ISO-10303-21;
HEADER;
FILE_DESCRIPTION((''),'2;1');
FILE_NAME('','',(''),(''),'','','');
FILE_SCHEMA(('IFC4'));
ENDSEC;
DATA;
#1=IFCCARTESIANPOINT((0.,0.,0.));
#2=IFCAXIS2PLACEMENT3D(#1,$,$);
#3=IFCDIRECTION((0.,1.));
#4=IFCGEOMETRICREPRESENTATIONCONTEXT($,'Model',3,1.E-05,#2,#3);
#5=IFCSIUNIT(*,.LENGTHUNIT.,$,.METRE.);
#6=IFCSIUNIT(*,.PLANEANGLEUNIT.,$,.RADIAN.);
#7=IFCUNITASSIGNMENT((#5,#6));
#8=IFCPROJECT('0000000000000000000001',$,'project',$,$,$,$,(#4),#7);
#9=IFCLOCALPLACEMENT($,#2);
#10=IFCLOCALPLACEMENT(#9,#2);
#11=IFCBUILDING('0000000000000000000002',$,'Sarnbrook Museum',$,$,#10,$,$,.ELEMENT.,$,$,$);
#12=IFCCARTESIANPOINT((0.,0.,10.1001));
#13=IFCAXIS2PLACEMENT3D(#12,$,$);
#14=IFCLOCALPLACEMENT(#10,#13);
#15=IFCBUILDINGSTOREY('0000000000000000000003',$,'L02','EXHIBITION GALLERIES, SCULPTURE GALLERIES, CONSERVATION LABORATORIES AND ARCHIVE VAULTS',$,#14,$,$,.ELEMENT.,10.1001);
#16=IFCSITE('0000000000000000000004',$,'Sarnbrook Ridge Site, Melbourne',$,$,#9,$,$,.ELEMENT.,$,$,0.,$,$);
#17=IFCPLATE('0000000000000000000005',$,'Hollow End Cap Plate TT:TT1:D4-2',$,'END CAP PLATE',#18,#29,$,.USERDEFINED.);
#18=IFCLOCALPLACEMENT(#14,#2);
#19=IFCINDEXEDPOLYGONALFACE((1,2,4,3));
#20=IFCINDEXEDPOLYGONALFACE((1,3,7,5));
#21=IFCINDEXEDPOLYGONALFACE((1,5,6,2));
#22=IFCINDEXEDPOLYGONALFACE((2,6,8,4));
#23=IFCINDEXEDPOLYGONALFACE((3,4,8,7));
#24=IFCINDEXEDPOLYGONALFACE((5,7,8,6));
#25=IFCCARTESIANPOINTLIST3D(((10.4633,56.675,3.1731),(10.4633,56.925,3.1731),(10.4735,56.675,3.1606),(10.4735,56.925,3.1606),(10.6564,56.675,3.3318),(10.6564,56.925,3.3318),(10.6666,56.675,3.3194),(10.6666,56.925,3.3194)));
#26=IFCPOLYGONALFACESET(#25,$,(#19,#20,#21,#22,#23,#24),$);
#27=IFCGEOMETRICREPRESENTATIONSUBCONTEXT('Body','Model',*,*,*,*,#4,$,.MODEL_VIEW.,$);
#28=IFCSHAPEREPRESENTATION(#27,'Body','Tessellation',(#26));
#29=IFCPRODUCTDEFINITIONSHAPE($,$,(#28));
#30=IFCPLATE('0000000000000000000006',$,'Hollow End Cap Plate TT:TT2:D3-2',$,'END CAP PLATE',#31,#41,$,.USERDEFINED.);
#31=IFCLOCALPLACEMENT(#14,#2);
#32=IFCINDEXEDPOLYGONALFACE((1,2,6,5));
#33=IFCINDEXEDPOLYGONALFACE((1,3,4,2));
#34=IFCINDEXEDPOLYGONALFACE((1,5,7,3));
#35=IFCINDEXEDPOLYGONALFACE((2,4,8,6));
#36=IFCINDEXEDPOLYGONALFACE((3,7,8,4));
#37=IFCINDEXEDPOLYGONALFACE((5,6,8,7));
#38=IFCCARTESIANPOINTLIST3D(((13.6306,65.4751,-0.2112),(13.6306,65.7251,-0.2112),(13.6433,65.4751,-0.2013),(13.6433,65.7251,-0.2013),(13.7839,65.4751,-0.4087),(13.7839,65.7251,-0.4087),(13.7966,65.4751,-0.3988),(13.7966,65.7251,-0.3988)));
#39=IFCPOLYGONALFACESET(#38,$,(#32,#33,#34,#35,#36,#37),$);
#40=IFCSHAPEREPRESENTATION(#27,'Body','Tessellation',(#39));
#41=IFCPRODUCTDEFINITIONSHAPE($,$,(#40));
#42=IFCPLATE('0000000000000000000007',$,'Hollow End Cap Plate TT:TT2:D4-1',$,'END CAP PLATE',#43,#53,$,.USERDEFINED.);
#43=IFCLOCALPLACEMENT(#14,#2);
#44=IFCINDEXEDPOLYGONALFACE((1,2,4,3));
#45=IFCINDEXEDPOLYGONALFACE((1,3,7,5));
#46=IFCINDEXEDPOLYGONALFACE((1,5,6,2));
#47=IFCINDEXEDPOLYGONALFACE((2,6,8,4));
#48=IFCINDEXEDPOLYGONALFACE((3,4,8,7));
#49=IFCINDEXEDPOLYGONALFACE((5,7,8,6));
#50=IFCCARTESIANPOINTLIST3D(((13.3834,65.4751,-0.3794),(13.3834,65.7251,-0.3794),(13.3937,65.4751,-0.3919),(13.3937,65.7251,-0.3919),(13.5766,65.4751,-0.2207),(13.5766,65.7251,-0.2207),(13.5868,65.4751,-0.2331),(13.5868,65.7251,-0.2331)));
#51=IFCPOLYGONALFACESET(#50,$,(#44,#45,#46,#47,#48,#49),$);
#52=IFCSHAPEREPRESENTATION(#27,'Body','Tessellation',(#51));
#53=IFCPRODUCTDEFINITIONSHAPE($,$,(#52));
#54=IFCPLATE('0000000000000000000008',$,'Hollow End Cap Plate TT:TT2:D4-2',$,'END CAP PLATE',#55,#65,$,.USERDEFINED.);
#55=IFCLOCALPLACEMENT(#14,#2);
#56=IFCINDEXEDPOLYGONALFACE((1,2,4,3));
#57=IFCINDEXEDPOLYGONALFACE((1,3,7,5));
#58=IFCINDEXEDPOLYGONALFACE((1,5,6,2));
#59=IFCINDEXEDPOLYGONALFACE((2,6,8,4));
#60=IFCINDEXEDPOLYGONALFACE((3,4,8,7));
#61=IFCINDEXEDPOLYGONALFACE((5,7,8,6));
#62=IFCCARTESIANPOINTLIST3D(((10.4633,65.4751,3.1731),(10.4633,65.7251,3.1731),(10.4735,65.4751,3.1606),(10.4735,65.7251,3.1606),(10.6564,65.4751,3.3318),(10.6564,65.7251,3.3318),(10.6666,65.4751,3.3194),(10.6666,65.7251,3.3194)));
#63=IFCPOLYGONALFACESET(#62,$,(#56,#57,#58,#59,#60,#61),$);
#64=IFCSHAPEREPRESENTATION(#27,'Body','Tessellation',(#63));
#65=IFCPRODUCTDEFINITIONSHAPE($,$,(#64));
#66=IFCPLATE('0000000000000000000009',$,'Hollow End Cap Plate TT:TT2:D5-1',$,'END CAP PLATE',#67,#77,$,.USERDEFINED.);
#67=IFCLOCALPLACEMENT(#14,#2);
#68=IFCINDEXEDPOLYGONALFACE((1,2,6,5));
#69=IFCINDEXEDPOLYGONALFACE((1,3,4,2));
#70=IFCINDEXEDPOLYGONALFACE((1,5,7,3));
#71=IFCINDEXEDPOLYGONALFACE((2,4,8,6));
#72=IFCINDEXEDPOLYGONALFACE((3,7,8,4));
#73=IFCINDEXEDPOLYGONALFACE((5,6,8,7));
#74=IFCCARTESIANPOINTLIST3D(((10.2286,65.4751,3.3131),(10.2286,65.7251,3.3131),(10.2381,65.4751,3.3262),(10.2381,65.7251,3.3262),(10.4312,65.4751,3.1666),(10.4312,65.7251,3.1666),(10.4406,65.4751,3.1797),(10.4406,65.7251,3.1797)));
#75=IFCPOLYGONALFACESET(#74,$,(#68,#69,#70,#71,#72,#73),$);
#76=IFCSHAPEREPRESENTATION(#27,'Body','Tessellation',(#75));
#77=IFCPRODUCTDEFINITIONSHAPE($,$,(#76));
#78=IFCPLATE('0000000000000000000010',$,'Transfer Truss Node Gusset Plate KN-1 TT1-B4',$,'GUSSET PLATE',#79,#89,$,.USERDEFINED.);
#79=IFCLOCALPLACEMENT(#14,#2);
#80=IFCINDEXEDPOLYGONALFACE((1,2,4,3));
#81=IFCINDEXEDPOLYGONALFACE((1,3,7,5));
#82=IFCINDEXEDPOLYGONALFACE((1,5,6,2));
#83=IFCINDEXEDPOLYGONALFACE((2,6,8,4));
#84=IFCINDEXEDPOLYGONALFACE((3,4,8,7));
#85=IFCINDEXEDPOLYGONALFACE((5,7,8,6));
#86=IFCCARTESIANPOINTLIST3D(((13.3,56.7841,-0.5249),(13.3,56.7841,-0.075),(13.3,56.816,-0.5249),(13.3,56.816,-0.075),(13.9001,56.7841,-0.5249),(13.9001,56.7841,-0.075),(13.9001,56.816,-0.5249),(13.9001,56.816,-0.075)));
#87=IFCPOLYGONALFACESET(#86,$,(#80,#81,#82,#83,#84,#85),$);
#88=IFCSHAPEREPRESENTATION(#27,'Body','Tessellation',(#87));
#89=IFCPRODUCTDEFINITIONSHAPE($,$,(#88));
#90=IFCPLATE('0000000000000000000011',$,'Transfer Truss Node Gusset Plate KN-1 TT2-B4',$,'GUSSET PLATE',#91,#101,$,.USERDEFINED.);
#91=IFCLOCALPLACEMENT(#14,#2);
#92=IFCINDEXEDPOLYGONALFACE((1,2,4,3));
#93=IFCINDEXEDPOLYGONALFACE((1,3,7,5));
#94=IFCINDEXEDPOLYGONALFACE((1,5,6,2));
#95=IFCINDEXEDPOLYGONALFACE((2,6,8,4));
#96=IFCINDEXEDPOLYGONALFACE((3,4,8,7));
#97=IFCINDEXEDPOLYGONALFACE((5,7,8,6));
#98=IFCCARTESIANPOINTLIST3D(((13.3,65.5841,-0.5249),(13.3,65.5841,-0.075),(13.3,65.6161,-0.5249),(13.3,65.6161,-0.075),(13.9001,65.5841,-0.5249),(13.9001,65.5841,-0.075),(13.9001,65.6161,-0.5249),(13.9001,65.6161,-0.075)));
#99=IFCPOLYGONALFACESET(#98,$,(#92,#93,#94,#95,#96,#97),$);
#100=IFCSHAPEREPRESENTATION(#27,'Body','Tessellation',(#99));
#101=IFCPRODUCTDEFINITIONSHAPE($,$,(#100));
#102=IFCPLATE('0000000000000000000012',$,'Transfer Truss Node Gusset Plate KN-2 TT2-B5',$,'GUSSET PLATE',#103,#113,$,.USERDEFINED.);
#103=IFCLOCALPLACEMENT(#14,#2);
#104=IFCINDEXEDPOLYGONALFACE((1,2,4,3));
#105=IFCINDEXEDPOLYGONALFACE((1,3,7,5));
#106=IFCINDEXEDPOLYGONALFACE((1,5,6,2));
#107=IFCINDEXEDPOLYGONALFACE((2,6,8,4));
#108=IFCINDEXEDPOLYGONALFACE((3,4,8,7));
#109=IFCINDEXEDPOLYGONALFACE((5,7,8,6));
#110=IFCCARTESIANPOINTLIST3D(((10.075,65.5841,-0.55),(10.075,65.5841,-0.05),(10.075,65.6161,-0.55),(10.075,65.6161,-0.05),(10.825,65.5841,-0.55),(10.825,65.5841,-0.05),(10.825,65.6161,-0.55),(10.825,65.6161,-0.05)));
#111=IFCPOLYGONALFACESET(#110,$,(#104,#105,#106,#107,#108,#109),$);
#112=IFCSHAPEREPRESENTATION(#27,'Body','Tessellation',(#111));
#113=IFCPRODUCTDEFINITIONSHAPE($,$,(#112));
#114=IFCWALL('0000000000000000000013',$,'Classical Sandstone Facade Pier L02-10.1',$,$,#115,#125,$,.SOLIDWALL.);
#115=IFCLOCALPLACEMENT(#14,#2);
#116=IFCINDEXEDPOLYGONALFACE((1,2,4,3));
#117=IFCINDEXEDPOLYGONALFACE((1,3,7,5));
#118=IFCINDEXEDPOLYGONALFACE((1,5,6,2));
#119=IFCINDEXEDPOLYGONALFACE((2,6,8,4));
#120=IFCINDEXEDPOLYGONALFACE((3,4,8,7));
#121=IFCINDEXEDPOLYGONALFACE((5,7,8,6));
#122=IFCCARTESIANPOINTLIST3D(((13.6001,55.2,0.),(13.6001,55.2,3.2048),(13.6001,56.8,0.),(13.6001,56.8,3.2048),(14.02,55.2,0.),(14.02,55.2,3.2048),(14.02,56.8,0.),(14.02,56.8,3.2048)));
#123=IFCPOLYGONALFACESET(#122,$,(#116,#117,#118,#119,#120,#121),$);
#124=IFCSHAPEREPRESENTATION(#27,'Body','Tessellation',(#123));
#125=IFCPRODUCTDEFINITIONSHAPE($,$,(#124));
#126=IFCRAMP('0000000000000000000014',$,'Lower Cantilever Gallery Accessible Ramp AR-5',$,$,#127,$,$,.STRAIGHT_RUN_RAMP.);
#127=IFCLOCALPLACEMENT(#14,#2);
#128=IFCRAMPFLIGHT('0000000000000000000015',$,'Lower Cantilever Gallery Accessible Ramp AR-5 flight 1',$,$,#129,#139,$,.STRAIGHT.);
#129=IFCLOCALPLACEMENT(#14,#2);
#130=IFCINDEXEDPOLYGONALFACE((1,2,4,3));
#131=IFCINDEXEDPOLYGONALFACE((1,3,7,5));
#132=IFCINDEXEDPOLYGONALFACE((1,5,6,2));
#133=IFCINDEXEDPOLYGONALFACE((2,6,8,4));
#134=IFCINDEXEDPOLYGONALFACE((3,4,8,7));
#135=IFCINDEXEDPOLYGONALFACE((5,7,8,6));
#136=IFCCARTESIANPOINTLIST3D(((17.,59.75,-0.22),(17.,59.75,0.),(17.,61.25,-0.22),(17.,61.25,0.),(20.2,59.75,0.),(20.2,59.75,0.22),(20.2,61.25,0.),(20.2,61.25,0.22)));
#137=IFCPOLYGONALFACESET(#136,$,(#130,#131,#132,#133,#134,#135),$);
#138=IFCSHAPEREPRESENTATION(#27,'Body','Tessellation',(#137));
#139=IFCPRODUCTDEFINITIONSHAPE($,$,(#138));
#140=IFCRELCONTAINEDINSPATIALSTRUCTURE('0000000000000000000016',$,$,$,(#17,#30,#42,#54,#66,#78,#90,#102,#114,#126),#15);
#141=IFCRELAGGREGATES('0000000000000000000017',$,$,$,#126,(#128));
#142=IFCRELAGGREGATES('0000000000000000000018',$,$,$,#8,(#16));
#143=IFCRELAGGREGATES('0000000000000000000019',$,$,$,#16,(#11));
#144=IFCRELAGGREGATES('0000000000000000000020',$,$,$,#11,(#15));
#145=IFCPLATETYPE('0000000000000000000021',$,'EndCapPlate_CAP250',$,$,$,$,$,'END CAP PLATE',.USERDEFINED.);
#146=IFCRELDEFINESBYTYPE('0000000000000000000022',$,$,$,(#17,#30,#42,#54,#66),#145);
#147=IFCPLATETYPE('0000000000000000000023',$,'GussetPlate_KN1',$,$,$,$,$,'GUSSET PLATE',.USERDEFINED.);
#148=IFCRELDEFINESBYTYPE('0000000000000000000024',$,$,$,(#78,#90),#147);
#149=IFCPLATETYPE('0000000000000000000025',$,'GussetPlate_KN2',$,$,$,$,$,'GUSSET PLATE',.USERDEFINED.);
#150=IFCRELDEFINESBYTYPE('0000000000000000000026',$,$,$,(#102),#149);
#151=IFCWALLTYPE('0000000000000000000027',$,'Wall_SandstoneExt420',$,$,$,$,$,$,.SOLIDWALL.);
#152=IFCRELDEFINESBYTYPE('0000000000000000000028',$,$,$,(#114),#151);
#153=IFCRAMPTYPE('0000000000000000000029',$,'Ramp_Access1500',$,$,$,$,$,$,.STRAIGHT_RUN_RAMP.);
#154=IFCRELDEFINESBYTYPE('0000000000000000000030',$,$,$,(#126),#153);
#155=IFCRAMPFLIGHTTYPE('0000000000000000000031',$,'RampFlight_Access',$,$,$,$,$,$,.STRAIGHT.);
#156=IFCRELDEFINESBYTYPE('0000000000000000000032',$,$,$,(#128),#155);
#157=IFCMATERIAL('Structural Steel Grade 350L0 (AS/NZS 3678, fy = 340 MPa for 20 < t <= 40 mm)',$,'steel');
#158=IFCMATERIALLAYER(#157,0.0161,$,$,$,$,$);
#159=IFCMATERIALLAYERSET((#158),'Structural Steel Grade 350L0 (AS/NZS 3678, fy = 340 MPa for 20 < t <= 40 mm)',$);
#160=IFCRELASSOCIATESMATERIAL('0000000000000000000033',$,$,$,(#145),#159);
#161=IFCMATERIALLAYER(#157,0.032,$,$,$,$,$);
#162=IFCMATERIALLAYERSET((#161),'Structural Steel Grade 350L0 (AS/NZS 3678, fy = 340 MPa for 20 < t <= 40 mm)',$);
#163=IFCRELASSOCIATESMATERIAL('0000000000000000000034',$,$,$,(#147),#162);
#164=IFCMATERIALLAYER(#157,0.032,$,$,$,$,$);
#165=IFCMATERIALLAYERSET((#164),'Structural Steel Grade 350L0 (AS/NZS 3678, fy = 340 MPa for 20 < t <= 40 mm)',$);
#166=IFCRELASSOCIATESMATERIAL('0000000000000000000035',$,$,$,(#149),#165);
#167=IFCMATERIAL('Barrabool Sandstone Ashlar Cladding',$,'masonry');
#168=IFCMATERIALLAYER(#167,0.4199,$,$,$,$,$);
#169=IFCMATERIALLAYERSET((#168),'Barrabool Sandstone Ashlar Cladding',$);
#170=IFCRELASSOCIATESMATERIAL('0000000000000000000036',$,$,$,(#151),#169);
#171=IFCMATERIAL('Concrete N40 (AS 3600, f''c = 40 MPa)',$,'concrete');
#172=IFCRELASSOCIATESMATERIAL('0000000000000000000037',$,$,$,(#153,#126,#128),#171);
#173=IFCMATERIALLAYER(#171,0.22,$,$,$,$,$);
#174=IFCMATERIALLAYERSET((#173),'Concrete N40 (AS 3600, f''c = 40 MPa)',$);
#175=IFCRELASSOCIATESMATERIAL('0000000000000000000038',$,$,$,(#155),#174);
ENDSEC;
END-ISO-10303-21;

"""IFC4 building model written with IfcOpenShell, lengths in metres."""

from ifc_helpers import new_model, si_unit, direction, frame, frame_2d, origin, origin_2d, place, context, subcontext, project, spatial, polyline, rectangle, outline, extrude, material, layer, layer_set, type_object, element, aggregate, save


model = new_model("IFC4")

# Units and contexts
model_context = context("Model", 3, precision=1e-05, world=origin(), true_north=direction((0.0, 1.0)))
body_context = subcontext(model_context, "Body", "Model", "MODEL_VIEW")
ifc_project = project(units=[si_unit("LENGTHUNIT", "METRE"), si_unit("PLANEANGLEUNIT", "RADIAN")], contexts=[model_context])

# Site, building, storey
site_placement = place(None, origin())
site = spatial("IfcSite", under=ifc_project, at=site_placement, Name="Sarnbrook Ridge Site, Melbourne", CompositionType="ELEMENT", RefElevation=0.0)
building_placement = place(site_placement, origin())
building = spatial("IfcBuilding", under=site, at=building_placement, Name="Sarnbrook Museum", CompositionType="ELEMENT")
storey_placement = place(building_placement, frame((0.0, 0.0, 10.1001)))
storey = spatial("IfcBuildingStorey", under=building, at=storey_placement, Name="L02", Description="EXHIBITION GALLERIES, SCULPTURE GALLERIES, CONSERVATION LABORATORIES AND ARCHIVE VAULTS", CompositionType="ELEMENT", Elevation=10.1001)

# Shared definitions
ifc_material_1 = material(Name="Structural Steel Grade 350L0 (AS/NZS 3678, fy = 340 MPa for 20 < t <= 40 mm)", Category="steel")

# Plates
ifc_layer_1 = layer(ifc_material_1, 0.0161)
ifc_layer_set_1 = layer_set([ifc_layer_1], Name="Structural Steel Grade 350L0 (AS/NZS 3678, fy = 340 MPa for 20 < t <= 40 mm)")
plate_type_1 = type_object("IfcPlateType", Name="EndCapPlate_CAP250", ElementType="END CAP PLATE", PredefinedType="USERDEFINED", material=ifc_layer_set_1)
for number, where, z_axis, x_axis, name in (
    (1, (10.5701, 56.8, 3.24), (-0.635019, 0.0, 0.772497), (0.0, -1.0, 0.0), "Hollow End Cap Plate TT:TT1:D4-2"),
    (2, (13.72, 65.6001, -0.3), (-0.789912, 0.0, -0.613221), (0.0, -1.0, 0.0), "Hollow End Cap Plate TT:TT2:D3-2"),
    (3, (13.4902, 65.6001, -0.3125), (-0.635019, 0.0, 0.772497), (0.0, -1.0, 0.0), "Hollow End Cap Plate TT:TT2:D4-1"),
    (4, (10.5701, 65.6001, 3.24), (-0.635019, 0.0, 0.772497), (0.0, -1.0, 0.0), "Hollow End Cap Plate TT:TT2:D4-2"),
    (5, (10.3394, 65.6001, 3.2529), (-0.585992, 0.0, -0.810317), (0.0, -1.0, 0.0), "Hollow End Cap Plate TT:TT2:D5-1"),
):
    element("IfcPlate", number, at=place(storey_placement, frame(where, z_axis=z_axis, x_axis=x_axis)), inside=storey, type_object=plate_type_1, Name=name, ObjectType="END CAP PLATE", PredefinedType="USERDEFINED", context=body_context, shape_type="SweptSolid", body=[
        extrude(rectangle(XDim=0.25, YDim=0.25, at=origin_2d()), origin(), (0.0, 0.0, 1.0), 0.0161),
    ])
ifc_layer_2 = layer(ifc_material_1, 0.032)
ifc_layer_set_2 = layer_set([ifc_layer_2], Name="Structural Steel Grade 350L0 (AS/NZS 3678, fy = 340 MPa for 20 < t <= 40 mm)")
plate_type_2 = type_object("IfcPlateType", Name="GussetPlate_KN1", ElementType="GUSSET PLATE", PredefinedType="USERDEFINED", material=ifc_layer_set_2)
for number, where, z_axis, x_axis, name in (
    (6, (13.6001, 56.8, -0.5249), (0.0, 0.0, 1.0), (1.0, 0.0, 0.0), "Transfer Truss Node Gusset Plate KN-1 TT1-B4"),
    (7, (13.6001, 65.6001, -0.5249), (0.0, 0.0, 1.0), (1.0, 0.0, 0.0), "Transfer Truss Node Gusset Plate KN-1 TT2-B4"),
):
    element("IfcPlate", number, at=place(storey_placement, frame(where, z_axis=z_axis, x_axis=x_axis)), inside=storey, type_object=plate_type_2, Name=name, ObjectType="GUSSET PLATE", PredefinedType="USERDEFINED", context=body_context, shape_type="SweptSolid", body=[
        extrude(rectangle(XDim=0.6001, YDim=0.032, at=origin_2d()), origin(), (0.0, 0.0, 1.0), 0.45),
    ])
ifc_layer_3 = layer(ifc_material_1, 0.032)
ifc_layer_set_3 = layer_set([ifc_layer_3], Name="Structural Steel Grade 350L0 (AS/NZS 3678, fy = 340 MPa for 20 < t <= 40 mm)")
plate_type_3 = type_object("IfcPlateType", Name="GussetPlate_KN2", ElementType="GUSSET PLATE", PredefinedType="USERDEFINED", material=ifc_layer_set_3)
plate_placement = place(storey_placement, frame((10.45, 65.6001, -0.55), z_axis=(0.0, 0.0, 1.0), x_axis=(1.0, 0.0, 0.0)))
element("IfcPlate", 8, at=plate_placement, inside=storey, type_object=plate_type_3, Name="Transfer Truss Node Gusset Plate KN-2 TT2-B5", ObjectType="GUSSET PLATE", PredefinedType="USERDEFINED", context=body_context, shape_type="SweptSolid", body=[
    extrude(rectangle(XDim=0.75, YDim=0.032, at=origin_2d()), origin(), (0.0, 0.0, 1.0), 0.5),
])

# Wall
ifc_material_2 = material(Name="Barrabool Sandstone Ashlar Cladding", Category="masonry")
ifc_layer_4 = layer(ifc_material_2, 0.4199)
ifc_layer_set_4 = layer_set([ifc_layer_4], Name="Barrabool Sandstone Ashlar Cladding")
wall_type = type_object("IfcWallType", Name="Wall_SandstoneExt420", PredefinedType="SOLIDWALL", material=ifc_layer_set_4)
wall_placement = place(storey_placement, frame((13.8101, 56.8, 0.0), z_axis=(0.0, 0.0, 1.0), x_axis=(0.0, -1.0, 0.0)))
element("IfcWall", 9, at=wall_placement, inside=storey, type_object=wall_type, Name="Classical Sandstone Facade Pier L02-10.1", PredefinedType="SOLIDWALL", context=body_context, shape_type="SweptSolid", body=[
    extrude(rectangle(XDim=1.6001, YDim=0.4199, at=frame_2d((0.8, 0.0))), origin(), (0.0, 0.0, 1.0), 3.2048),
])

# Ramp, ramp flight
ifc_material_3 = material(Name="Concrete N40 (AS 3600, f'c = 40 MPa)", Category="concrete")
ramp_type = type_object("IfcRampType", Name="Ramp_Access1500", PredefinedType="STRAIGHT_RUN_RAMP", material=ifc_material_3)
ramp_placement = place(storey_placement, origin())
ramp = element("IfcRamp", 10, at=ramp_placement, inside=storey, type_object=ramp_type, material=ifc_material_3, Name="Lower Cantilever Gallery Accessible Ramp AR-5", PredefinedType="STRAIGHT_RUN_RAMP")
ifc_layer_5 = layer(ifc_material_3, 0.22)
ifc_layer_set_5 = layer_set([ifc_layer_5], Name="Concrete N40 (AS 3600, f'c = 40 MPa)")
ramp_flight_type = type_object("IfcRampFlightType", Name="RampFlight_Access", PredefinedType="STRAIGHT", material=ifc_layer_set_5)
ramp_flight_placement = place(storey_placement, frame((17.0, 60.5, 0.0), z_axis=(0.0, 0.0, 1.0), x_axis=(1.0, 0.0, 0.0)))
ramp_flight = element("IfcRampFlight", 11, at=ramp_flight_placement, type_object=ramp_flight_type, material=ifc_material_3, Name="Lower Cantilever Gallery Accessible Ramp AR-5 flight 1", PredefinedType="STRAIGHT", context=body_context, shape_type="SweptSolid", body=[
    extrude(outline(polyline([(0.0, 0.0), (3.2, 0.22), (3.2, 0.0), (0.0, -0.22), (0.0, 0.0)])), frame((0.0, 0.75, 0.0), z_axis=(0.0, -1.0, 0.0), x_axis=(1.0, 0.0, 0.0)), (0.0, 0.0, 1.0), 1.5),
])
aggregate(ramp, [ramp_flight])

save(model, "model.ifc")
